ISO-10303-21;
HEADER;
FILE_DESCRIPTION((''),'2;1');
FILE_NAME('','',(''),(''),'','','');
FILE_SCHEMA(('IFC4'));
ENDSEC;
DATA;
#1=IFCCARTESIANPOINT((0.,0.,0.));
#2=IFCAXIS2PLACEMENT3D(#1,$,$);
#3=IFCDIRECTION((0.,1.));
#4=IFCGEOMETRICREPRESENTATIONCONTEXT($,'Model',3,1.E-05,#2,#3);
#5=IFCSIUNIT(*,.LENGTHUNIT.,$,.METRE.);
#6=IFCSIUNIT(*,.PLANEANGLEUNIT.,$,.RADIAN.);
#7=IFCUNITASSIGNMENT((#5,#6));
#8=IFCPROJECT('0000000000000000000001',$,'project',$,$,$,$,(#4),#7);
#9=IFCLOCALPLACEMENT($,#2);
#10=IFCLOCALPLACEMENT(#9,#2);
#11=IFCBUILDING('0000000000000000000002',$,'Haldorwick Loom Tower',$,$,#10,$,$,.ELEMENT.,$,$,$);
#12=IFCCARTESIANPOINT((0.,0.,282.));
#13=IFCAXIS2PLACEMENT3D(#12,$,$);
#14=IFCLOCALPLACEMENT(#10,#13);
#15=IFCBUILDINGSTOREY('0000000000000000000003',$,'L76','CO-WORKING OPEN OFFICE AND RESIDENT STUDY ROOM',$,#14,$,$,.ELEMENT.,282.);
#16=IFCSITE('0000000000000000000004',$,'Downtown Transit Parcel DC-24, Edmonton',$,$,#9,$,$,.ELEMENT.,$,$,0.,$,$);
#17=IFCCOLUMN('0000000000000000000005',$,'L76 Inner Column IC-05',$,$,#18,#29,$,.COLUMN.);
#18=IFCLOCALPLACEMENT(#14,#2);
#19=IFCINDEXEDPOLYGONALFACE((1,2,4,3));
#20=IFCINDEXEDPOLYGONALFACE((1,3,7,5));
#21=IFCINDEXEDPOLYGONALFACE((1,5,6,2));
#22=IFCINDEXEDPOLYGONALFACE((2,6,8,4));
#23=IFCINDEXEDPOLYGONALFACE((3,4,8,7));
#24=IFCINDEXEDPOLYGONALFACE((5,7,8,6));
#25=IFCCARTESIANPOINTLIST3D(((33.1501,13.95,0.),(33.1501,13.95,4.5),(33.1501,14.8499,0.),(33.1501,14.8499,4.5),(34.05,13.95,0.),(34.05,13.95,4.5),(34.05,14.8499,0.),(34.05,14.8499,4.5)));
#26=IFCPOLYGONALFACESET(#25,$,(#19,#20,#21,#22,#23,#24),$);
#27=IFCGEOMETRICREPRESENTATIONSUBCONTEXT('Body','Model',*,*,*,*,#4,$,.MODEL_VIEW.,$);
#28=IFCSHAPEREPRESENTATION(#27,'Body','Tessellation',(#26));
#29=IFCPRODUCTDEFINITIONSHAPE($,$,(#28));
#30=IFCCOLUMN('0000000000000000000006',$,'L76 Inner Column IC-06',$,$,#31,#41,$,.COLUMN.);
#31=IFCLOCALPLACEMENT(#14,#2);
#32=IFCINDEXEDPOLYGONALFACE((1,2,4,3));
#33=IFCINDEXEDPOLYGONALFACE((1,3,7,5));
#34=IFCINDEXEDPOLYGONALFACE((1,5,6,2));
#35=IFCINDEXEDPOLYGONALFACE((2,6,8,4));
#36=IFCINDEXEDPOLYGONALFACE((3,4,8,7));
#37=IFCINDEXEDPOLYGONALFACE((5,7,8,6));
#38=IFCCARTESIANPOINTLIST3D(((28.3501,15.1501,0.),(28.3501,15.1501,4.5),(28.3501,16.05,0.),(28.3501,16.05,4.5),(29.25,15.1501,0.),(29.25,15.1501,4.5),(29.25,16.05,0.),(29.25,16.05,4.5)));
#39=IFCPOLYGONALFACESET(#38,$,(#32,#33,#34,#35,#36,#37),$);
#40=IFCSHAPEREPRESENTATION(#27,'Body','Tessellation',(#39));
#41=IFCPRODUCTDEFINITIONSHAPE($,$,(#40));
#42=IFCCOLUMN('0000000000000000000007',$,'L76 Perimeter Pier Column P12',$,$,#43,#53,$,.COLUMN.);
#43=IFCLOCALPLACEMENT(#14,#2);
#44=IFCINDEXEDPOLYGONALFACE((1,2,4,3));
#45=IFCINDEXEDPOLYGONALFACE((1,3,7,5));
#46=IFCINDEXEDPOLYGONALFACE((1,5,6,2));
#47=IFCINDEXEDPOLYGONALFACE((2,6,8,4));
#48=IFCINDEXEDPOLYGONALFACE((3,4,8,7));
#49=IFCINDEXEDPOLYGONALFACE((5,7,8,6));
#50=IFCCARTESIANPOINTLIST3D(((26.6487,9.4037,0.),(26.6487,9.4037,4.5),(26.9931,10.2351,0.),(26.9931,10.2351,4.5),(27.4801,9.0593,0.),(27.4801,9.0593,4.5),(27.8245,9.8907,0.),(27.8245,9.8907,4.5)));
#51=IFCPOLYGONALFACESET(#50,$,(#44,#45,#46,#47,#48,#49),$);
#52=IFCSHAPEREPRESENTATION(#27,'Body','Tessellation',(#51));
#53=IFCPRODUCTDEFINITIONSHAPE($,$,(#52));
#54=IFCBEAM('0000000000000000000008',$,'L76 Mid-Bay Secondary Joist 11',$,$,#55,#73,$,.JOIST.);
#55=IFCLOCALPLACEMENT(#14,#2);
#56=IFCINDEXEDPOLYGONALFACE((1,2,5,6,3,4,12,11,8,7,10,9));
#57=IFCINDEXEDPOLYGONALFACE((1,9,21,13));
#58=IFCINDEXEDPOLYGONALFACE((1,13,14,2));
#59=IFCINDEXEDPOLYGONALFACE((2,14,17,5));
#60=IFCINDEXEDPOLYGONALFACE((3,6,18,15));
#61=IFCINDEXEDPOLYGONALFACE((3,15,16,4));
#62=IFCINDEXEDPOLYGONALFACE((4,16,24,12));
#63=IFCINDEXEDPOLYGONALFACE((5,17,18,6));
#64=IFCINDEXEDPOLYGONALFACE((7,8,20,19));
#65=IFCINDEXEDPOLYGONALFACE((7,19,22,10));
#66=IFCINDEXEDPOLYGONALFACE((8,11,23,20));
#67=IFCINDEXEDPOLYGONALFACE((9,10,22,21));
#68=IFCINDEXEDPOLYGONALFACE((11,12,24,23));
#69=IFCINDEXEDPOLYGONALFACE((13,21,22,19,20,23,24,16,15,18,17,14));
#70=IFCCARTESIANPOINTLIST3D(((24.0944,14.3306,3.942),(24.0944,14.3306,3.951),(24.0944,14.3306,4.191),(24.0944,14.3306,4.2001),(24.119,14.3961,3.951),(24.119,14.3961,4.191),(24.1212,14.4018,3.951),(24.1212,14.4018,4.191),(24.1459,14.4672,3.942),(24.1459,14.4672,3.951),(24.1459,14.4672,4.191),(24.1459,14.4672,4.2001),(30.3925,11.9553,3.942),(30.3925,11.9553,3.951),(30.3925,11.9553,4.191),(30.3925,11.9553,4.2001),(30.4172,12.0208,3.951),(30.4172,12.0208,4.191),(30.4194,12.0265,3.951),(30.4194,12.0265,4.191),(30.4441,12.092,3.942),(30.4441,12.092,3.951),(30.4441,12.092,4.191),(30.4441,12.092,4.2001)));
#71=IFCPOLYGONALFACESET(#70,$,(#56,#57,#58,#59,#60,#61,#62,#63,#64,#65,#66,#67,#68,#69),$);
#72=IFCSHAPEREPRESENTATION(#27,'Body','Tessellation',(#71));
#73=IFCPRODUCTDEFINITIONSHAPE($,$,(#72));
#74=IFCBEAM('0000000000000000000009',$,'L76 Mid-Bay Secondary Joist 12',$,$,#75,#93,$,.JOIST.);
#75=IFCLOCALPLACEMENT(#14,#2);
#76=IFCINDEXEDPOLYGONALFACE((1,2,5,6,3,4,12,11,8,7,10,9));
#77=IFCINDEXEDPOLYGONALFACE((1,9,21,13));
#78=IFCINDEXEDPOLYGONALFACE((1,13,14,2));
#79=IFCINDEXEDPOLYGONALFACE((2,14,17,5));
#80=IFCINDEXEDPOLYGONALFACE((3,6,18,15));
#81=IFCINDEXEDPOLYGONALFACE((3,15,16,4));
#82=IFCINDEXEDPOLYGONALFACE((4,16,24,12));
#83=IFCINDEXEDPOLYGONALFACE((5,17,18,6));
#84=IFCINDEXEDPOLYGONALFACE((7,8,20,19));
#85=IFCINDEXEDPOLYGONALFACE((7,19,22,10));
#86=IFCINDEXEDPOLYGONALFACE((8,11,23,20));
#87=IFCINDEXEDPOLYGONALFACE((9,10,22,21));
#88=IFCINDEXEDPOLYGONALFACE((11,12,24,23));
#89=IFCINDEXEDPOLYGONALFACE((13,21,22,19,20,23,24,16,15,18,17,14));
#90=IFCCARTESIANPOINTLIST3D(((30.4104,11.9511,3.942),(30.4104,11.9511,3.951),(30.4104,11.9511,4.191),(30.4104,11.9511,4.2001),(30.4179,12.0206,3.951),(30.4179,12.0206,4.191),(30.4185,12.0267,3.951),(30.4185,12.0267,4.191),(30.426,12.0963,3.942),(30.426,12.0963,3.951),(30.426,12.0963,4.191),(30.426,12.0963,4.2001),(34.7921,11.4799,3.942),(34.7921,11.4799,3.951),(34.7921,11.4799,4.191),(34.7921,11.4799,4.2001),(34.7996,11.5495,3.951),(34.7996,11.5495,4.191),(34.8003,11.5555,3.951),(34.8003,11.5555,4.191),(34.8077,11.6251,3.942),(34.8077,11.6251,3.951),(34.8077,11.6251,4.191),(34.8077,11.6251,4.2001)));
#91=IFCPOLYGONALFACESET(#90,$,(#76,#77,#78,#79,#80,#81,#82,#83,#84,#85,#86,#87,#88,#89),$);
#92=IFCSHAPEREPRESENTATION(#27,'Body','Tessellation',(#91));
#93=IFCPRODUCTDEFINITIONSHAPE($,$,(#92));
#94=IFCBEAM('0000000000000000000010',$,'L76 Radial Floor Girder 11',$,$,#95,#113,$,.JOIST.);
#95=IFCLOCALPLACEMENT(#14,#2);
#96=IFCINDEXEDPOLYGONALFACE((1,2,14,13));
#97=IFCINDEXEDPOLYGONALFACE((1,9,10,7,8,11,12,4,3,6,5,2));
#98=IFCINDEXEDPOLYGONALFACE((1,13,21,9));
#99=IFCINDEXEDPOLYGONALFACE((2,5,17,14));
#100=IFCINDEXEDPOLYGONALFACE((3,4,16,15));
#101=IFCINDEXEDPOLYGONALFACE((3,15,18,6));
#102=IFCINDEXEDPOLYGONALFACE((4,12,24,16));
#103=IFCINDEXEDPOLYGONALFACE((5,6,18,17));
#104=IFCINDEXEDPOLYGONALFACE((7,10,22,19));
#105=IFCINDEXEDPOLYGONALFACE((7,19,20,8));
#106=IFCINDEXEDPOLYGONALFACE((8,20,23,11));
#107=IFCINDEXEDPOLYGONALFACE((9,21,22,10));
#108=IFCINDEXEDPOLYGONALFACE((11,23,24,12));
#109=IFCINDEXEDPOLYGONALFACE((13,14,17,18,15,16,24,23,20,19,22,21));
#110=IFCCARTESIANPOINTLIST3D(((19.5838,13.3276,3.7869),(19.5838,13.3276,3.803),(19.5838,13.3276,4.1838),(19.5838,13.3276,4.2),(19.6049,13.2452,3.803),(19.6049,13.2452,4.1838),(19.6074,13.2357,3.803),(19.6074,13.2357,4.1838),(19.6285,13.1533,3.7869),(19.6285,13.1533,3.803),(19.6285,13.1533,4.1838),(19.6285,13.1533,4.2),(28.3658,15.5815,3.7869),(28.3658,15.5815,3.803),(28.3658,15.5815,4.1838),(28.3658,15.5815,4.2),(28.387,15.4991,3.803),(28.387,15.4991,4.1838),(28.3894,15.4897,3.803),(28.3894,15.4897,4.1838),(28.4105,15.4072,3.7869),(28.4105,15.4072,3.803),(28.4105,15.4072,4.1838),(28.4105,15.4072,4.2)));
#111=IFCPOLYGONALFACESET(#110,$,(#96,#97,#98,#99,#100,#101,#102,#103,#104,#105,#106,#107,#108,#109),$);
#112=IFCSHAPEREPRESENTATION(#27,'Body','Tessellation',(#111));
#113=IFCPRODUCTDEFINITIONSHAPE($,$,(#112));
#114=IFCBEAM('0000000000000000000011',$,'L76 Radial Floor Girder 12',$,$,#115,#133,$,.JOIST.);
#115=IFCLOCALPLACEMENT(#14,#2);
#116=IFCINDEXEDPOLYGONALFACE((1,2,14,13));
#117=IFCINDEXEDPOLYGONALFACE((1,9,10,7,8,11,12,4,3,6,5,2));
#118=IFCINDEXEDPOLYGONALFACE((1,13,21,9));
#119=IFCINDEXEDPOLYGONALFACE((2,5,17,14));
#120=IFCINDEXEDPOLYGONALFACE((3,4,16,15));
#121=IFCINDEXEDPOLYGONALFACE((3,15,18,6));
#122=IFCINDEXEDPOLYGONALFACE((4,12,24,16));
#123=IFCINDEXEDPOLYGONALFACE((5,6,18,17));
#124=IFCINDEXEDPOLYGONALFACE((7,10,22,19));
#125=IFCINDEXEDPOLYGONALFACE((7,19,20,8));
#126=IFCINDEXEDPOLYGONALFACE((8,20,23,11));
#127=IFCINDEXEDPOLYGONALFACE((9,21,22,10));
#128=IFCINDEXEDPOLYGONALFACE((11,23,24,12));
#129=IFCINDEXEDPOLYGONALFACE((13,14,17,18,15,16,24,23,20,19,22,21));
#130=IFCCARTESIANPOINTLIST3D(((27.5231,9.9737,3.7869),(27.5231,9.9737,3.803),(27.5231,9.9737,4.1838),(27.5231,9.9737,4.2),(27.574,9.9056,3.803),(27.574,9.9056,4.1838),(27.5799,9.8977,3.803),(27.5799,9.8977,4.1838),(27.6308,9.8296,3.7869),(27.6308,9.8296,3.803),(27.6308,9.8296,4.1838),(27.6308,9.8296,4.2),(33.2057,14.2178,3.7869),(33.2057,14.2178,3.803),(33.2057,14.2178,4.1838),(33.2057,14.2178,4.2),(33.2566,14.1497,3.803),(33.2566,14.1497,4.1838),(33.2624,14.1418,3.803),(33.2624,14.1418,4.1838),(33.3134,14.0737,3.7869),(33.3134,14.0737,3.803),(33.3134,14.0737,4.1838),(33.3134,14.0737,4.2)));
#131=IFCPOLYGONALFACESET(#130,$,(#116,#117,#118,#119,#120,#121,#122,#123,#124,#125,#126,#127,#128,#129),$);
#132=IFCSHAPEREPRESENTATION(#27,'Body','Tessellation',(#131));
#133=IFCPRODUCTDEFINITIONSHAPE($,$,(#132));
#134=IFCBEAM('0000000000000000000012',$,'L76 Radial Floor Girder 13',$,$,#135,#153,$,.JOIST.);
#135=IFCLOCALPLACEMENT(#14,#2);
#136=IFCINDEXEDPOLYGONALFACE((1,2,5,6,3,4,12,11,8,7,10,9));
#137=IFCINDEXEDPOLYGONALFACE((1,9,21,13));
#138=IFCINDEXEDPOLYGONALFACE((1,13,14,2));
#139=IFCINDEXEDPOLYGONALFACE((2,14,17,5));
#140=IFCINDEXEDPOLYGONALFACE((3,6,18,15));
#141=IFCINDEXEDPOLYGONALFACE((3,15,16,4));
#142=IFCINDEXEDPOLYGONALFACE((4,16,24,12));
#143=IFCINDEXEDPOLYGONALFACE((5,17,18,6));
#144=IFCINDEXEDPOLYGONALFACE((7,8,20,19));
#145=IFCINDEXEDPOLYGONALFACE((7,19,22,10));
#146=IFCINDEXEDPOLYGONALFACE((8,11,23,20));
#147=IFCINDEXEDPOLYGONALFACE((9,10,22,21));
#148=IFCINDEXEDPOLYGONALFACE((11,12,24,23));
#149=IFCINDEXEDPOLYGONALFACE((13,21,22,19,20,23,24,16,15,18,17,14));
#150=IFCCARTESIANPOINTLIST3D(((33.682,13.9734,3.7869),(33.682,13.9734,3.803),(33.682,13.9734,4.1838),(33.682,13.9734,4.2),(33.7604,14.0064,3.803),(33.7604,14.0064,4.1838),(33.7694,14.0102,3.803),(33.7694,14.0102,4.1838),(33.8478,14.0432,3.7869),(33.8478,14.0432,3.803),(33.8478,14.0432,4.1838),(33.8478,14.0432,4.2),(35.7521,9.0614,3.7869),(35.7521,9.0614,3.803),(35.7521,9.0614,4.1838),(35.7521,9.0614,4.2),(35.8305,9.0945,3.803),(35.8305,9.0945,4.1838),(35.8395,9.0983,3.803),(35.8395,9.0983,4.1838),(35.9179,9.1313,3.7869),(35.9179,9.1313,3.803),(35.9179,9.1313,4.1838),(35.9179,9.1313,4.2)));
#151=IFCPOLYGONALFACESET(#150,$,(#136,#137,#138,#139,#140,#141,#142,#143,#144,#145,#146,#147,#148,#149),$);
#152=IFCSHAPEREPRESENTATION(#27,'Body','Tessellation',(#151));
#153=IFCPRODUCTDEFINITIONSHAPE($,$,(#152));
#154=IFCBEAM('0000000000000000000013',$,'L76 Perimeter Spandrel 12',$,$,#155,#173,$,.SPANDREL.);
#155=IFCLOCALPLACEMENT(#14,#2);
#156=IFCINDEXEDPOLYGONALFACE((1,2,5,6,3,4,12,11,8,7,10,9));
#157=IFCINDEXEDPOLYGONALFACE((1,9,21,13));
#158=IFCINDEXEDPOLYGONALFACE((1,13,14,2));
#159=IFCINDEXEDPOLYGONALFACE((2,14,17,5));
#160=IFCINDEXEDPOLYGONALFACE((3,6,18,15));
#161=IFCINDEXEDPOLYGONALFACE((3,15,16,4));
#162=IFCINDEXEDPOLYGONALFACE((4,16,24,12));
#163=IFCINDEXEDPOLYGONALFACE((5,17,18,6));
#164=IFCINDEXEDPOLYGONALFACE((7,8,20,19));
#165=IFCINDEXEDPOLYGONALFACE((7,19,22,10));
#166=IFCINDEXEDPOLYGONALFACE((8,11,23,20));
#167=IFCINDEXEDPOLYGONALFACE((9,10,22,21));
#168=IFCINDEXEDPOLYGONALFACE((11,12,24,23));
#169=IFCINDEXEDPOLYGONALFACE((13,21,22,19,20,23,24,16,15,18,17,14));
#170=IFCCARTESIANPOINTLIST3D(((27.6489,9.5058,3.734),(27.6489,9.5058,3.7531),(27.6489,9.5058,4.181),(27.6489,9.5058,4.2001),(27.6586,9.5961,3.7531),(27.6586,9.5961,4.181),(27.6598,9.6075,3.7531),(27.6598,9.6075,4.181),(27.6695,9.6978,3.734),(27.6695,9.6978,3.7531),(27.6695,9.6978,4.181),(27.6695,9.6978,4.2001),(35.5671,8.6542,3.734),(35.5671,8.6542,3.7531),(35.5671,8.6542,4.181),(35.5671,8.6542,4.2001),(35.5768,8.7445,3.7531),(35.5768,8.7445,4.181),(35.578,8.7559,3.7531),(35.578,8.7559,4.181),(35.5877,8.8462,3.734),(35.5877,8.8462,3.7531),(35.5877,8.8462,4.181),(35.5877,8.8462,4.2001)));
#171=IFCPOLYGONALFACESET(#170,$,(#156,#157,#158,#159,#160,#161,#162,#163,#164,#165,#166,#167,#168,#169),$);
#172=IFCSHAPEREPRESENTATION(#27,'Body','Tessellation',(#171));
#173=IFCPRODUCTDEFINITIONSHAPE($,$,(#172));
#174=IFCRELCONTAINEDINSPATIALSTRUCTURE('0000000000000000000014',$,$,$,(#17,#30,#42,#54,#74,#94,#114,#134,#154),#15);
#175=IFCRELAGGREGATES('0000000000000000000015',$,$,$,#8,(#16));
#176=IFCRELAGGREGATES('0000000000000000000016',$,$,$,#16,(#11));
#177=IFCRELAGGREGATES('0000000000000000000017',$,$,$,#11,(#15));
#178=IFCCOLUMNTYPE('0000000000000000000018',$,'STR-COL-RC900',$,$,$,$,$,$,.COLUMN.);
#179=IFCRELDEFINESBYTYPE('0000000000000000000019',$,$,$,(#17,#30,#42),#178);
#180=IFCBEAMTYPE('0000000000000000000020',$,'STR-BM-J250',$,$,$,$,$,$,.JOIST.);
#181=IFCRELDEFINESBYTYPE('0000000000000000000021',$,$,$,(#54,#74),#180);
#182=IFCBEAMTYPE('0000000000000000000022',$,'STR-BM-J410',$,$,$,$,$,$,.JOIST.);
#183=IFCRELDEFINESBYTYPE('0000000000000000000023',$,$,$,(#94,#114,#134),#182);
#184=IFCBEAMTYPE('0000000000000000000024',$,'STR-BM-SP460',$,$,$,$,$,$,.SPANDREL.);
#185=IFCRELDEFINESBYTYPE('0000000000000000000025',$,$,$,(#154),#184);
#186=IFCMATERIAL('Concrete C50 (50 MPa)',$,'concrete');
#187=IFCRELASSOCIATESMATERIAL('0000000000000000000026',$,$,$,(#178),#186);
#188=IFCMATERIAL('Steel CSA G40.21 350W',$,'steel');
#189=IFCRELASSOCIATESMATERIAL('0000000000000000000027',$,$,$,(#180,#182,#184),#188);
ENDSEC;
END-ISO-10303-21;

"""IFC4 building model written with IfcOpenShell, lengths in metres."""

from ifc_helpers import new_model, si_unit, direction, frame, origin, origin_2d, place, context, subcontext, project, spatial, rectangle, i_section, extrude, material, material_profile, profile_set, type_object, element, save


model = new_model("IFC4")

# Units and contexts
model_context = context("Model", 3, precision=1e-05, world=origin(), true_north=direction((0.0, 1.0)))
body_context = subcontext(model_context, "Body", "Model", "MODEL_VIEW")
ifc_project = project(units=[si_unit("LENGTHUNIT", "METRE"), si_unit("PLANEANGLEUNIT", "RADIAN")], contexts=[model_context])

# Site, building, storey
site_placement = place(None, origin())
site = spatial("IfcSite", under=ifc_project, at=site_placement, Name="Downtown Transit Parcel DC-24, Edmonton", CompositionType="ELEMENT", RefElevation=0.0)
building_placement = place(site_placement, origin())
building = spatial("IfcBuilding", under=site, at=building_placement, Name="Haldorwick Loom Tower", CompositionType="ELEMENT")
storey_placement = place(building_placement, frame((0.0, 0.0, 282.0)))
storey = spatial("IfcBuildingStorey", under=building, at=storey_placement, Name="L76", Description="CO-WORKING OPEN OFFICE AND RESIDENT STUDY ROOM", CompositionType="ELEMENT", Elevation=282.0)

# Columns
ifc_material_1 = material(Name="Concrete C50 (50 MPa)", Category="concrete")
ifc_material_profile_1 = material_profile(ifc_material_1, rectangle(XDim=0.8999, YDim=0.8999, at=origin_2d()), Name="RC900X900", Category="concrete")
ifc_profile_set_1 = profile_set([ifc_material_profile_1], Name="Concrete C50 (50 MPa)")
column_type = type_object("IfcColumnType", Name="STR-COL-RC900", PredefinedType="COLUMN", material=ifc_profile_set_1)
for number, where, z_axis, x_axis, name in (
    (1, (33.6001, 14.3999, 0.0), (0.0, 0.0, 1.0), (1.0, 0.0, 0.0), "L76 Inner Column IC-05"),
    (2, (28.8, 15.6001, 0.0), (0.0, 0.0, 1.0), (1.0, 0.0, 0.0), "L76 Inner Column IC-06"),
    (3, (27.2366, 9.6472, 0.0), (0.0, 0.0, 1.0), (-0.382683, -0.92388, 0.0), "L76 Perimeter Pier Column P12"),
):
    element("IfcColumn", number, at=place(storey_placement, frame(where, z_axis=z_axis, x_axis=x_axis)), inside=storey, type_object=column_type, Name=name, PredefinedType="COLUMN", context=body_context, shape_type="SweptSolid", body=[
        extrude(rectangle(XDim=0.8999, YDim=0.8999, at=origin_2d()), origin(), (0.0, 0.0, 1.0), 4.5),
    ])

# Beams
ifc_material_2 = material(Name="Steel CSA G40.21 350W", Category="steel")
ifc_material_profile_2 = material_profile(ifc_material_2, i_section(OverallWidth=0.146, OverallDepth=0.2581, WebThickness=0.0061, FlangeThickness=0.009, at=origin_2d()), Name="W250X33", Category="steel")
ifc_profile_set_2 = profile_set([ifc_material_profile_2], Name="Steel CSA G40.21 350W")
beam_type_1 = type_object("IfcBeamType", Name="STR-BM-J250", PredefinedType="JOIST", material=ifc_profile_set_2)
beam_1_placement = place(storey_placement, frame((24.1201, 14.3989, 4.071), z_axis=(0.93567, -0.352876, 0.0), x_axis=(0.352876, 0.93567, 0.0)))
element("IfcBeam", 4, at=beam_1_placement, inside=storey, type_object=beam_type_1, Name="L76 Mid-Bay Secondary Joist 11", PredefinedType="JOIST", context=body_context, shape_type="SweptSolid", body=[
    extrude(i_section(OverallWidth=0.146, OverallDepth=0.2581, WebThickness=0.0061, FlangeThickness=0.009, at=origin_2d()), origin(), (0.0, 0.0, 1.0), 6.7312),
])
beam_2_placement = place(storey_placement, frame((30.4182, 12.0237, 4.071), z_axis=(0.994268, -0.106916, 0.0), x_axis=(0.106916, 0.994268, 0.0)))
element("IfcBeam", 5, at=beam_2_placement, inside=storey, type_object=beam_type_1, Name="L76 Mid-Bay Secondary Joist 12", PredefinedType="JOIST", context=body_context, shape_type="SweptSolid", body=[
    extrude(i_section(OverallWidth=0.146, OverallDepth=0.2581, WebThickness=0.0061, FlangeThickness=0.009, at=origin_2d()), origin(), (0.0, 0.0, 1.0), 4.407),
])
ifc_material_profile_3 = material_profile(ifc_material_2, i_section(OverallWidth=0.1799, OverallDepth=0.4131, WebThickness=0.0098, FlangeThickness=0.0161, at=origin_2d()), Name="W410X74", Category="steel")
ifc_profile_set_3 = profile_set([ifc_material_profile_3], Name="Steel CSA G40.21 350W")
beam_type_2 = type_object("IfcBeamType", Name="STR-BM-J410", PredefinedType="JOIST", material=ifc_profile_set_3)
beam_3_placement = place(storey_placement, frame((28.3882, 15.4944, 3.9934), z_axis=(-0.968608, -0.248594, 0.0), x_axis=(0.248594, -0.968608, 0.0)))
element("IfcBeam", 6, at=beam_3_placement, inside=storey, type_object=beam_type_2, Name="L76 Radial Floor Girder 11", PredefinedType="JOIST", context=body_context, shape_type="SweptSolid", body=[
    extrude(i_section(OverallWidth=0.1799, OverallDepth=0.4131, WebThickness=0.0098, FlangeThickness=0.0161, at=origin_2d()), origin(), (0.0, 0.0, 1.0), 9.0667),
])
beam_4_placement = place(storey_placement, frame((33.2595, 14.1458, 3.9934), z_axis=(-0.801205, -0.598391, 0.0), x_axis=(0.598391, -0.801205, 0.0)))
element("IfcBeam", 7, at=beam_4_placement, inside=storey, type_object=beam_type_2, Name="L76 Radial Floor Girder 12", PredefinedType="JOIST", context=body_context, shape_type="SweptSolid", body=[
    extrude(i_section(OverallWidth=0.1799, OverallDepth=0.4131, WebThickness=0.0098, FlangeThickness=0.0161, at=origin_2d()), origin(), (0.0, 0.0, 1.0), 7.0925),
])
beam_5_placement = place(storey_placement, frame((33.7649, 14.0083, 3.9934), z_axis=(0.388362, -0.921507, 0.0), x_axis=(0.921507, 0.388362, 0.0)))
element("IfcBeam", 8, at=beam_5_placement, inside=storey, type_object=beam_type_2, Name="L76 Radial Floor Girder 13", PredefinedType="JOIST", context=body_context, shape_type="SweptSolid", body=[
    extrude(i_section(OverallWidth=0.1799, OverallDepth=0.4131, WebThickness=0.0098, FlangeThickness=0.0161, at=origin_2d()), origin(), (0.0, 0.0, 1.0), 5.3303),
])
ifc_material_profile_4 = material_profile(ifc_material_2, i_section(OverallWidth=0.1931, OverallDepth=0.4661, WebThickness=0.0115, FlangeThickness=0.019, at=origin_2d()), Name="W460X97", Category="steel")
ifc_profile_set_4 = profile_set([ifc_material_profile_4], Name="Steel CSA G40.21 350W")
beam_type_3 = type_object("IfcBeamType", Name="STR-BM-SP460", PredefinedType="SPANDREL", material=ifc_profile_set_4)
beam_6_placement = place(storey_placement, frame((27.6592, 9.6018, 3.967), z_axis=(0.994267, -0.106928, 0.0), x_axis=(0.106928, 0.994267, 0.0)))
element("IfcBeam", 9, at=beam_6_placement, inside=storey, type_object=beam_type_3, Name="L76 Perimeter Spandrel 12", PredefinedType="SPANDREL", context=body_context, shape_type="SweptSolid", body=[
    extrude(i_section(OverallWidth=0.1931, OverallDepth=0.4661, WebThickness=0.0115, FlangeThickness=0.019, at=origin_2d()), origin(), (0.0, 0.0, 1.0), 7.9639),
])

save(model, "model.ifc")
